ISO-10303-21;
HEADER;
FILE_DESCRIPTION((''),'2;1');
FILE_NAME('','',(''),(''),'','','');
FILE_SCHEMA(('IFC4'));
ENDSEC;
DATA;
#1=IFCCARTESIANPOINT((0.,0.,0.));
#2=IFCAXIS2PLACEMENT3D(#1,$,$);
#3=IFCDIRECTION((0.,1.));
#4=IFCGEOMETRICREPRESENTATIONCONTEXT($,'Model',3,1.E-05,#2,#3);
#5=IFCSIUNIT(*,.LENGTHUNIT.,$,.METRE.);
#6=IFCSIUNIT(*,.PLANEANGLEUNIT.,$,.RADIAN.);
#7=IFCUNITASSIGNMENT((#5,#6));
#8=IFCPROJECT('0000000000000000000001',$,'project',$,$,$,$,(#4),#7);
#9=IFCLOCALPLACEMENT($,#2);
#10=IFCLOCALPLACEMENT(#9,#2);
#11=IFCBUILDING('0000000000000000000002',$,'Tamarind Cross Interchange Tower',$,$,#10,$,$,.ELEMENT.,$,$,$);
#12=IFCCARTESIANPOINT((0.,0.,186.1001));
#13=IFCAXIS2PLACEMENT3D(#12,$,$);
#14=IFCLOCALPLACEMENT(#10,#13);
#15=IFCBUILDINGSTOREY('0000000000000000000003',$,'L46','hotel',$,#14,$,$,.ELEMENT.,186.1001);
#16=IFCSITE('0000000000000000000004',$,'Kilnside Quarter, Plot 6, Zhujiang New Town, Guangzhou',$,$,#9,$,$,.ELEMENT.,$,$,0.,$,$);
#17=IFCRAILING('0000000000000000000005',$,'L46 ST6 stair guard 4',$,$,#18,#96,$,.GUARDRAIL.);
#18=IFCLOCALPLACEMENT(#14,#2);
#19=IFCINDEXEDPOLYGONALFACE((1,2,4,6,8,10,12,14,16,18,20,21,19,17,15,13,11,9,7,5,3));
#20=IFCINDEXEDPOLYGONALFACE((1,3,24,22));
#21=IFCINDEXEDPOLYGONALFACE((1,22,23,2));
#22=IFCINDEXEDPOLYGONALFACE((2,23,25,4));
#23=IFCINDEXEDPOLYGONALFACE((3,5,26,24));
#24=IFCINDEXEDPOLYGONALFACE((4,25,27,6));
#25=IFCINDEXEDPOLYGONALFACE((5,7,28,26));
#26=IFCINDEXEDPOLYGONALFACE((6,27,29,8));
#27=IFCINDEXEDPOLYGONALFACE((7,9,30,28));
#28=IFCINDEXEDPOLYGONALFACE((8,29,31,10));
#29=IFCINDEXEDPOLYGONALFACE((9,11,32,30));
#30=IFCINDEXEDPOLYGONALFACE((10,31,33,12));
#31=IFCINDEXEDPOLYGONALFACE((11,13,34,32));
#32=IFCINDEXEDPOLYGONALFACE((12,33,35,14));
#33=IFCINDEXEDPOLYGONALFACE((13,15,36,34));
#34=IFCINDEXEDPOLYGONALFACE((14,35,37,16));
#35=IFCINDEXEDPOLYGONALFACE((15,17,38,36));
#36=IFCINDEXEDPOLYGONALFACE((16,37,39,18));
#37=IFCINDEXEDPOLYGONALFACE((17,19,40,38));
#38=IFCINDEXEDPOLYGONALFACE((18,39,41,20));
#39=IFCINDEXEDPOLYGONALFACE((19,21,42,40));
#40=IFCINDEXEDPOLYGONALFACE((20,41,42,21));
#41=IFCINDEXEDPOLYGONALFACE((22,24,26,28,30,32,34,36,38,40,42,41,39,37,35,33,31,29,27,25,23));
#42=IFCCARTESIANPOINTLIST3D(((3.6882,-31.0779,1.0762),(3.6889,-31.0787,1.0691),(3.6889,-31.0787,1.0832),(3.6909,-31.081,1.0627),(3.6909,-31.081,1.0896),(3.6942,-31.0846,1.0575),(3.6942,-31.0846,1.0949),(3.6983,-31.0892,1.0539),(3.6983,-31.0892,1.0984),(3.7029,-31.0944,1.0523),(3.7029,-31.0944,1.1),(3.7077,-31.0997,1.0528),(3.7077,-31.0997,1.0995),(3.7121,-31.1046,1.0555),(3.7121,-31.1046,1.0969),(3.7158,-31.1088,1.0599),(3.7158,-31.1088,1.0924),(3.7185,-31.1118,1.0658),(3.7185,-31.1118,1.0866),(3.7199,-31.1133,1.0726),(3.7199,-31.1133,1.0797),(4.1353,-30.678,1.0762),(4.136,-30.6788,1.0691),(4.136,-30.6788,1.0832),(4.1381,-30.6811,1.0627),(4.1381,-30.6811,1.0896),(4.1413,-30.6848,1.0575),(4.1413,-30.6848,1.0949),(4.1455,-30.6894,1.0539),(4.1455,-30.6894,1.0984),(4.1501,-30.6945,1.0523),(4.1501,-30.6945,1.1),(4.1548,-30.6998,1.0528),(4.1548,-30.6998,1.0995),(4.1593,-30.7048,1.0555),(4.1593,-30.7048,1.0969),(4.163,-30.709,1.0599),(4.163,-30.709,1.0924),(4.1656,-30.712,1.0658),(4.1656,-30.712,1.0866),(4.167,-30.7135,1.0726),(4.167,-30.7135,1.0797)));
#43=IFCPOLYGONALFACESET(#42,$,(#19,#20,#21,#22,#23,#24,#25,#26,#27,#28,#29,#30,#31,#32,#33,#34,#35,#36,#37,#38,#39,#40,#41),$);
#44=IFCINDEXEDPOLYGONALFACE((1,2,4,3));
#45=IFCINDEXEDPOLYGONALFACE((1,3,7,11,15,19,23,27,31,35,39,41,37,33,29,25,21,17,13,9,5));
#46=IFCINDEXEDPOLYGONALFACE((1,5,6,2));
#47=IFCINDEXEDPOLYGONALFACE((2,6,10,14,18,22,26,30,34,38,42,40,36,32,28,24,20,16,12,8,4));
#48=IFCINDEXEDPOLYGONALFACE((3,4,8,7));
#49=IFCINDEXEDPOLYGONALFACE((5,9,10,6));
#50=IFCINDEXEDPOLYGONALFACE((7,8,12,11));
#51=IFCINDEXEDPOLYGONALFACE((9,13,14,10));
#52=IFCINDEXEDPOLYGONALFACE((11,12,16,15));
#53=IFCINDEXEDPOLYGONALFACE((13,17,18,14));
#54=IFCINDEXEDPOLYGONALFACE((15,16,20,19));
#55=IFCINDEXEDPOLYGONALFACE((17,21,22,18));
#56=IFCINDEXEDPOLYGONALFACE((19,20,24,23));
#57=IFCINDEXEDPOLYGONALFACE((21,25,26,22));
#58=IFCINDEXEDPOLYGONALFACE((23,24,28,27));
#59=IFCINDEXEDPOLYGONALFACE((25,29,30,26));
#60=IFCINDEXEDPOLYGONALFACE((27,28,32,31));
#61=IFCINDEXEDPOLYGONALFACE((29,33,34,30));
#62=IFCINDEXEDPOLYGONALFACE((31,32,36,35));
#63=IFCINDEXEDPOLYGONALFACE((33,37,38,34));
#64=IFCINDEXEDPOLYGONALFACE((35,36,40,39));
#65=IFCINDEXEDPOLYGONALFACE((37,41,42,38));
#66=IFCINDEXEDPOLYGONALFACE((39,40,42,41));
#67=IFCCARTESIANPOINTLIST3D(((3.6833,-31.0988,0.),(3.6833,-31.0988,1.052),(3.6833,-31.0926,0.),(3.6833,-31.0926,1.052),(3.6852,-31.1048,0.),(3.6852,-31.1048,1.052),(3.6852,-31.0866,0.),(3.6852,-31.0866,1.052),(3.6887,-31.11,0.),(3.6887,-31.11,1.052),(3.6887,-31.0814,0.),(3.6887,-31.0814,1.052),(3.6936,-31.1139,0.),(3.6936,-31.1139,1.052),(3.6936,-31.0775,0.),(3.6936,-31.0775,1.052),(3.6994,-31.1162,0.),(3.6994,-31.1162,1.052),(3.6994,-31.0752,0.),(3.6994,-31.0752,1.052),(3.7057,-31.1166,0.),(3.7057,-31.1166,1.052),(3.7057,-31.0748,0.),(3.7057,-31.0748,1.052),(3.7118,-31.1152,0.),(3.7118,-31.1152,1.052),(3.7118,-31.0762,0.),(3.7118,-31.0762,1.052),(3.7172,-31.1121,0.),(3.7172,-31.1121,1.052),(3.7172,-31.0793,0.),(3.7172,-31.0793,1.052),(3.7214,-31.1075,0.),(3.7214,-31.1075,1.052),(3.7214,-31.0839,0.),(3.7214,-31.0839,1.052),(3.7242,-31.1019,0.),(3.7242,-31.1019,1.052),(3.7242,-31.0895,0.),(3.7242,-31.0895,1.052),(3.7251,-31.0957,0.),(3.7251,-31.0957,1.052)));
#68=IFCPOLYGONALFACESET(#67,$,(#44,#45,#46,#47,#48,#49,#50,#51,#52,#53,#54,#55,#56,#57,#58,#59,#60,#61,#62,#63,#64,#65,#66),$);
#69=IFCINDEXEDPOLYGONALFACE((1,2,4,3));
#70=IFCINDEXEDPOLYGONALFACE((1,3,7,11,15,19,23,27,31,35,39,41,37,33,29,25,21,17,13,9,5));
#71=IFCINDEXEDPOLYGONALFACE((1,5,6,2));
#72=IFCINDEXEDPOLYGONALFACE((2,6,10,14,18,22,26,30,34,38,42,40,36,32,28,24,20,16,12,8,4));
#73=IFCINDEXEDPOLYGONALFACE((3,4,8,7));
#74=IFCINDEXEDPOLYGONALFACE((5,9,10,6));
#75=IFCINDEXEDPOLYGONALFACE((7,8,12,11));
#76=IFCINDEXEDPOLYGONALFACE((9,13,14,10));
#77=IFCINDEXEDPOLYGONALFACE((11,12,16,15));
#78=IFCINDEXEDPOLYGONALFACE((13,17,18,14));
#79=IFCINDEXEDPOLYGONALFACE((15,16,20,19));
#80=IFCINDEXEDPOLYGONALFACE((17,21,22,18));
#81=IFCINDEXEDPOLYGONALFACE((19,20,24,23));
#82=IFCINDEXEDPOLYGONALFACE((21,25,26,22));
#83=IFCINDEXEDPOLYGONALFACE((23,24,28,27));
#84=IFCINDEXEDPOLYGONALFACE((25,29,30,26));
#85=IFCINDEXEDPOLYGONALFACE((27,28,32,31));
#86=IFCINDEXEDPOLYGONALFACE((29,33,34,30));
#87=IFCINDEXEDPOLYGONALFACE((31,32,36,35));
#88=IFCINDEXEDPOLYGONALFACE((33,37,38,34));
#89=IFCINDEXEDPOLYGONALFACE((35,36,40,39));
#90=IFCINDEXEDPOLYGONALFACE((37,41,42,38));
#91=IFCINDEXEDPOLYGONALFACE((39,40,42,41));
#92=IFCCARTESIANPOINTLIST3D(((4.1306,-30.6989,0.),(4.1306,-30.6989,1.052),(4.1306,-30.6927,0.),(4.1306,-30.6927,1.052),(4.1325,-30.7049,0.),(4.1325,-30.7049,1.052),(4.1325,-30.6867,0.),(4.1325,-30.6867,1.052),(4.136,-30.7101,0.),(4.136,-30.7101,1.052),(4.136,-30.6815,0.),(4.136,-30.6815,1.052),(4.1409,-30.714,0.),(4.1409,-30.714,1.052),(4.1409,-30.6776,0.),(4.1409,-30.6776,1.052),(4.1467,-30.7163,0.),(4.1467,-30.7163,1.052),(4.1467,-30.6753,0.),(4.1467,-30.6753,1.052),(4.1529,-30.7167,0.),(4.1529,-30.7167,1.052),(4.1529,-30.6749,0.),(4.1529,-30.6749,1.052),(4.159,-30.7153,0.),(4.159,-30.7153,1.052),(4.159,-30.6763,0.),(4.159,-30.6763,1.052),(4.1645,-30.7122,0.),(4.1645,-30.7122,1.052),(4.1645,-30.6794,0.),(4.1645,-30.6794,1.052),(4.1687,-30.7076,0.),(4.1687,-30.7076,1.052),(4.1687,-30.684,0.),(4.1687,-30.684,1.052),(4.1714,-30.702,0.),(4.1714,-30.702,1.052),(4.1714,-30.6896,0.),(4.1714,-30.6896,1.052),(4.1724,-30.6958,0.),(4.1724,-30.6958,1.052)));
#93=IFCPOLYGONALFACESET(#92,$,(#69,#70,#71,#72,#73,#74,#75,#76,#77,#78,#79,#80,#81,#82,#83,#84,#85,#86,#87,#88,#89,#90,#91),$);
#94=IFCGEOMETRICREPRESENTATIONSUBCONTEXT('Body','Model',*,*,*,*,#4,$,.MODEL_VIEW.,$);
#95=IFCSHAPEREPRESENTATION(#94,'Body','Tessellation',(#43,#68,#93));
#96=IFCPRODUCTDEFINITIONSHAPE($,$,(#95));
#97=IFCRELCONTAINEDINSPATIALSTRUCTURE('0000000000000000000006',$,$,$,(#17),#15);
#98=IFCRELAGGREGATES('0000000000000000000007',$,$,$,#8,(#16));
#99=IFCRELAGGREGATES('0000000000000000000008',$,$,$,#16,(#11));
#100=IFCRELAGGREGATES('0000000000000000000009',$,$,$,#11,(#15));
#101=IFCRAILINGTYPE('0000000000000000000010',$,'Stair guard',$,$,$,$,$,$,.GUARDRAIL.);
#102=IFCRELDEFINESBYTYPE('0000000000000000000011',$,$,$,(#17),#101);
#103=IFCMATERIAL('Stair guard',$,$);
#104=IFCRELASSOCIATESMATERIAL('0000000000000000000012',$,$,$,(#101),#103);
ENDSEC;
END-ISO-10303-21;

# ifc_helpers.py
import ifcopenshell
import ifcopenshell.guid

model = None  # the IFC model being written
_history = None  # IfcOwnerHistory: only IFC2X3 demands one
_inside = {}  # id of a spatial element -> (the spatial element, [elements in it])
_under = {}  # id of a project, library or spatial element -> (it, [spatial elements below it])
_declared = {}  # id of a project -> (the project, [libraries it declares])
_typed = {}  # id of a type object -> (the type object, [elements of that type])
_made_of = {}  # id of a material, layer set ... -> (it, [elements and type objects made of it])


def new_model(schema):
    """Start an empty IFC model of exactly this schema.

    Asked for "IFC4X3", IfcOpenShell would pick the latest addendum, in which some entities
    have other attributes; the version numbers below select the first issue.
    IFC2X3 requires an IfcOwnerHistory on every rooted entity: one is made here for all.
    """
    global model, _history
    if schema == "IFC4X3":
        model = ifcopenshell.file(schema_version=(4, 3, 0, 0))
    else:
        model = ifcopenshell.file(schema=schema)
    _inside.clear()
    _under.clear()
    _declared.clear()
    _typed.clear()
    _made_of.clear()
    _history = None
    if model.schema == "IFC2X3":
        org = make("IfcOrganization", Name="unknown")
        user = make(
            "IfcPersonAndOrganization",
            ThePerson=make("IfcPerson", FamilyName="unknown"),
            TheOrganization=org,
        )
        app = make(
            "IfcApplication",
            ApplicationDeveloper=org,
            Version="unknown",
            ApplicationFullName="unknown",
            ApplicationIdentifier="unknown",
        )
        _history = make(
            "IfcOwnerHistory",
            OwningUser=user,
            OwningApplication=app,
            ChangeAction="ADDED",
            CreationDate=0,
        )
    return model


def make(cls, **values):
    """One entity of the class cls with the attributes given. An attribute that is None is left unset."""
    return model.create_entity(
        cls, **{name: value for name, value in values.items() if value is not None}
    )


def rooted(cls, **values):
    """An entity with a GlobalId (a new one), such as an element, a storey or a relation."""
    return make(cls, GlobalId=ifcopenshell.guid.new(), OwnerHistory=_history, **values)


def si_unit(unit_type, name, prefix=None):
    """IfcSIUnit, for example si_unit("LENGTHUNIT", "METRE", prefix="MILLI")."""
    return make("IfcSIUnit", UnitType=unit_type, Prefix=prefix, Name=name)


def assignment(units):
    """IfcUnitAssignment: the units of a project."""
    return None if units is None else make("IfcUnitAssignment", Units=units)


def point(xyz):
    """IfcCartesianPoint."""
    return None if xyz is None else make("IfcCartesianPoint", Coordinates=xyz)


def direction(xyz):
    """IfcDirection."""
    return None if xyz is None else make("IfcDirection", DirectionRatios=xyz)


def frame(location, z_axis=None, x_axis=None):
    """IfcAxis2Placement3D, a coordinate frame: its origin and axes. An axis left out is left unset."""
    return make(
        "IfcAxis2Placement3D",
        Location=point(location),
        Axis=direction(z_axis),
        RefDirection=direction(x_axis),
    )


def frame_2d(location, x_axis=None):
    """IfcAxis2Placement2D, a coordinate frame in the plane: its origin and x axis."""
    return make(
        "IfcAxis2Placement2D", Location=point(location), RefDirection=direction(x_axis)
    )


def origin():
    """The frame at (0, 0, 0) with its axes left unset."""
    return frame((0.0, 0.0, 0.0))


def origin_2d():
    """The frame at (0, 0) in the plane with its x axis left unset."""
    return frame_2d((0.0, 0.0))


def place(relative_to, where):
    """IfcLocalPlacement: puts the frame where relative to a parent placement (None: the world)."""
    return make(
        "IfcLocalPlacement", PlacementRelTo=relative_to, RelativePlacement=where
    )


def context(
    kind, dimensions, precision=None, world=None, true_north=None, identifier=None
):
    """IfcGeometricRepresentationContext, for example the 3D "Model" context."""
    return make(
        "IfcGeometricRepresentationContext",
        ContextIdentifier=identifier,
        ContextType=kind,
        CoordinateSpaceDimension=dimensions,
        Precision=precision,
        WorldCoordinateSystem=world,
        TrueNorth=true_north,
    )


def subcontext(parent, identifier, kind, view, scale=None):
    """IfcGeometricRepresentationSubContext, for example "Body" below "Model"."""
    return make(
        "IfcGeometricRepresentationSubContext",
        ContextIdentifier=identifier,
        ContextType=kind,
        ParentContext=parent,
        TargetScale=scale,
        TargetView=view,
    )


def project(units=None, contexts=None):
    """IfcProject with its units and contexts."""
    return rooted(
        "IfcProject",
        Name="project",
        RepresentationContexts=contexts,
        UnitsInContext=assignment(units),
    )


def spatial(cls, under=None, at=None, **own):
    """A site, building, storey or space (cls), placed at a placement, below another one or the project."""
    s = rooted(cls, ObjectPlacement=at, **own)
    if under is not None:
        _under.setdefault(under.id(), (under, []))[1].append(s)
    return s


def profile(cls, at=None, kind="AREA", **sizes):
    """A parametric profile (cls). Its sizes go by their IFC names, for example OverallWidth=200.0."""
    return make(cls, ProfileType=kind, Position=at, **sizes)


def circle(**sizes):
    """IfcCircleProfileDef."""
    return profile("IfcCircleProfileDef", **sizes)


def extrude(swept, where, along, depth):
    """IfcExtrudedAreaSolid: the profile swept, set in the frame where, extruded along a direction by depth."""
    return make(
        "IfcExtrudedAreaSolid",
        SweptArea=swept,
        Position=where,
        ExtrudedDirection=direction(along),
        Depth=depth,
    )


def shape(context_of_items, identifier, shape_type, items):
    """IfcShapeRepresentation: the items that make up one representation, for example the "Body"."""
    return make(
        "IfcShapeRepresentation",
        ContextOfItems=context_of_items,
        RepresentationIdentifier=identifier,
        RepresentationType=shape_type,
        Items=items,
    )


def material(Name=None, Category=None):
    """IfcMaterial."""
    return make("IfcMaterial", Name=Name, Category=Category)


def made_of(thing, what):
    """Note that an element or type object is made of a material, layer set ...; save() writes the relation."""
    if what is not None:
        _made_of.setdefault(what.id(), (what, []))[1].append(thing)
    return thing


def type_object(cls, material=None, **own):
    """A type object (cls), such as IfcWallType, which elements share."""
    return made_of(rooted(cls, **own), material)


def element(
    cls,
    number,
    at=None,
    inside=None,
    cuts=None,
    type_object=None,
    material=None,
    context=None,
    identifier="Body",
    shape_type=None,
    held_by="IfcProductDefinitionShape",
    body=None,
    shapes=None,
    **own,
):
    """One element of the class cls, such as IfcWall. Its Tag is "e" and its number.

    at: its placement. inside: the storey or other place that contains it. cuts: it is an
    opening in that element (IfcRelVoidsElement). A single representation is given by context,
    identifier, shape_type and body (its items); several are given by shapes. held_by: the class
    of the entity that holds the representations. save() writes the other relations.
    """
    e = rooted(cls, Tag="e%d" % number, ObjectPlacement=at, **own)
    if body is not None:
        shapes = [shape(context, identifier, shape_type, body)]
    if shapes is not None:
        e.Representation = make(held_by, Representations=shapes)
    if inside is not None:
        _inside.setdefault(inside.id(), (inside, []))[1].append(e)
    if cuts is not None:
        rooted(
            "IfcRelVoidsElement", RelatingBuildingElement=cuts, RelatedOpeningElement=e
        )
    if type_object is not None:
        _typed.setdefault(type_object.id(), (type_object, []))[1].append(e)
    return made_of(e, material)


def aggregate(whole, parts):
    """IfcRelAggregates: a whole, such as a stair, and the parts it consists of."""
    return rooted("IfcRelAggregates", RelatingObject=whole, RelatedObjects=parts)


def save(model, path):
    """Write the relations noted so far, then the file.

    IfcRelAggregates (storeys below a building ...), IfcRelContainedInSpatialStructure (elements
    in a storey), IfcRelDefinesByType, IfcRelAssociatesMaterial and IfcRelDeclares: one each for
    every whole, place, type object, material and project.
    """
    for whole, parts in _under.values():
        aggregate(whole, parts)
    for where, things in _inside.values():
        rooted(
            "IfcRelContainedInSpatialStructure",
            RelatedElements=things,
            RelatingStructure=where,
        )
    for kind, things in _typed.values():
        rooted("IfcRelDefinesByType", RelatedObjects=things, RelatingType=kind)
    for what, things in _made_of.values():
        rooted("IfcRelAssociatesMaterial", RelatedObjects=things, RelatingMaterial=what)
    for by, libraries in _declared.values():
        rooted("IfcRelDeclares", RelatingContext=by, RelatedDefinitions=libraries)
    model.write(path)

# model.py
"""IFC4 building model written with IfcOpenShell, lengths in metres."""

from ifc_helpers import new_model, si_unit, direction, frame, origin, origin_2d, place, context, subcontext, project, spatial, circle, extrude, material, type_object, element, save


model = new_model("IFC4")

# Units and contexts
model_context = context("Model", 3, precision=1e-05, world=origin(), true_north=direction((0.0, 1.0)))
body_context = subcontext(model_context, "Body", "Model", "MODEL_VIEW")
ifc_project = project(units=[si_unit("LENGTHUNIT", "METRE"), si_unit("PLANEANGLEUNIT", "RADIAN")], contexts=[model_context])

# Site, building, storey
site_placement = place(None, origin())
site = spatial("IfcSite", under=ifc_project, at=site_placement, Name="Kilnside Quarter, Plot 6, Zhujiang New Town, Guangzhou", CompositionType="ELEMENT", RefElevation=0.0)
building_placement = place(site_placement, origin())
building = spatial("IfcBuilding", under=site, at=building_placement, Name="Tamarind Cross Interchange Tower", CompositionType="ELEMENT")
storey_placement = place(building_placement, frame((0.0, 0.0, 186.1001)))
storey = spatial("IfcBuildingStorey", under=building, at=storey_placement, Name="L46", Description="hotel", CompositionType="ELEMENT", Elevation=186.1001)

# Railing
ifc_material_1 = material(Name="Stair guard")
railing_type_1 = type_object("IfcRailingType", Name="Stair guard", PredefinedType="GUARDRAIL", material=ifc_material_1)
railing_1_placement = place(storey_placement, frame((3.7041, -31.0957, 0.0)))
element("IfcRailing", 1, at=railing_1_placement, inside=storey, type_object=railing_type_1, Name="L46 ST6 stair guard 4", PredefinedType="GUARDRAIL", context=body_context, shape_type="SweptSolid", body=[
    extrude(circle(Radius=0.0239, at=origin_2d()), frame((0.0, 0.0, 1.0762), z_axis=(0.745475, 0.666533, 0.0), x_axis=(-0.666533, 0.745475, 0.0)), (0.0, 0.0, 1.0), 0.5999),
    extrude(circle(Radius=0.021, at=origin_2d()), origin(), (0.0, 0.0, 1.0), 1.052),
    extrude(circle(Radius=0.021, at=origin_2d()), frame((0.4473, 0.3999, 0.0)), (0.0, 0.0, 1.0), 1.052),
])

save(model, "model.ifc")
